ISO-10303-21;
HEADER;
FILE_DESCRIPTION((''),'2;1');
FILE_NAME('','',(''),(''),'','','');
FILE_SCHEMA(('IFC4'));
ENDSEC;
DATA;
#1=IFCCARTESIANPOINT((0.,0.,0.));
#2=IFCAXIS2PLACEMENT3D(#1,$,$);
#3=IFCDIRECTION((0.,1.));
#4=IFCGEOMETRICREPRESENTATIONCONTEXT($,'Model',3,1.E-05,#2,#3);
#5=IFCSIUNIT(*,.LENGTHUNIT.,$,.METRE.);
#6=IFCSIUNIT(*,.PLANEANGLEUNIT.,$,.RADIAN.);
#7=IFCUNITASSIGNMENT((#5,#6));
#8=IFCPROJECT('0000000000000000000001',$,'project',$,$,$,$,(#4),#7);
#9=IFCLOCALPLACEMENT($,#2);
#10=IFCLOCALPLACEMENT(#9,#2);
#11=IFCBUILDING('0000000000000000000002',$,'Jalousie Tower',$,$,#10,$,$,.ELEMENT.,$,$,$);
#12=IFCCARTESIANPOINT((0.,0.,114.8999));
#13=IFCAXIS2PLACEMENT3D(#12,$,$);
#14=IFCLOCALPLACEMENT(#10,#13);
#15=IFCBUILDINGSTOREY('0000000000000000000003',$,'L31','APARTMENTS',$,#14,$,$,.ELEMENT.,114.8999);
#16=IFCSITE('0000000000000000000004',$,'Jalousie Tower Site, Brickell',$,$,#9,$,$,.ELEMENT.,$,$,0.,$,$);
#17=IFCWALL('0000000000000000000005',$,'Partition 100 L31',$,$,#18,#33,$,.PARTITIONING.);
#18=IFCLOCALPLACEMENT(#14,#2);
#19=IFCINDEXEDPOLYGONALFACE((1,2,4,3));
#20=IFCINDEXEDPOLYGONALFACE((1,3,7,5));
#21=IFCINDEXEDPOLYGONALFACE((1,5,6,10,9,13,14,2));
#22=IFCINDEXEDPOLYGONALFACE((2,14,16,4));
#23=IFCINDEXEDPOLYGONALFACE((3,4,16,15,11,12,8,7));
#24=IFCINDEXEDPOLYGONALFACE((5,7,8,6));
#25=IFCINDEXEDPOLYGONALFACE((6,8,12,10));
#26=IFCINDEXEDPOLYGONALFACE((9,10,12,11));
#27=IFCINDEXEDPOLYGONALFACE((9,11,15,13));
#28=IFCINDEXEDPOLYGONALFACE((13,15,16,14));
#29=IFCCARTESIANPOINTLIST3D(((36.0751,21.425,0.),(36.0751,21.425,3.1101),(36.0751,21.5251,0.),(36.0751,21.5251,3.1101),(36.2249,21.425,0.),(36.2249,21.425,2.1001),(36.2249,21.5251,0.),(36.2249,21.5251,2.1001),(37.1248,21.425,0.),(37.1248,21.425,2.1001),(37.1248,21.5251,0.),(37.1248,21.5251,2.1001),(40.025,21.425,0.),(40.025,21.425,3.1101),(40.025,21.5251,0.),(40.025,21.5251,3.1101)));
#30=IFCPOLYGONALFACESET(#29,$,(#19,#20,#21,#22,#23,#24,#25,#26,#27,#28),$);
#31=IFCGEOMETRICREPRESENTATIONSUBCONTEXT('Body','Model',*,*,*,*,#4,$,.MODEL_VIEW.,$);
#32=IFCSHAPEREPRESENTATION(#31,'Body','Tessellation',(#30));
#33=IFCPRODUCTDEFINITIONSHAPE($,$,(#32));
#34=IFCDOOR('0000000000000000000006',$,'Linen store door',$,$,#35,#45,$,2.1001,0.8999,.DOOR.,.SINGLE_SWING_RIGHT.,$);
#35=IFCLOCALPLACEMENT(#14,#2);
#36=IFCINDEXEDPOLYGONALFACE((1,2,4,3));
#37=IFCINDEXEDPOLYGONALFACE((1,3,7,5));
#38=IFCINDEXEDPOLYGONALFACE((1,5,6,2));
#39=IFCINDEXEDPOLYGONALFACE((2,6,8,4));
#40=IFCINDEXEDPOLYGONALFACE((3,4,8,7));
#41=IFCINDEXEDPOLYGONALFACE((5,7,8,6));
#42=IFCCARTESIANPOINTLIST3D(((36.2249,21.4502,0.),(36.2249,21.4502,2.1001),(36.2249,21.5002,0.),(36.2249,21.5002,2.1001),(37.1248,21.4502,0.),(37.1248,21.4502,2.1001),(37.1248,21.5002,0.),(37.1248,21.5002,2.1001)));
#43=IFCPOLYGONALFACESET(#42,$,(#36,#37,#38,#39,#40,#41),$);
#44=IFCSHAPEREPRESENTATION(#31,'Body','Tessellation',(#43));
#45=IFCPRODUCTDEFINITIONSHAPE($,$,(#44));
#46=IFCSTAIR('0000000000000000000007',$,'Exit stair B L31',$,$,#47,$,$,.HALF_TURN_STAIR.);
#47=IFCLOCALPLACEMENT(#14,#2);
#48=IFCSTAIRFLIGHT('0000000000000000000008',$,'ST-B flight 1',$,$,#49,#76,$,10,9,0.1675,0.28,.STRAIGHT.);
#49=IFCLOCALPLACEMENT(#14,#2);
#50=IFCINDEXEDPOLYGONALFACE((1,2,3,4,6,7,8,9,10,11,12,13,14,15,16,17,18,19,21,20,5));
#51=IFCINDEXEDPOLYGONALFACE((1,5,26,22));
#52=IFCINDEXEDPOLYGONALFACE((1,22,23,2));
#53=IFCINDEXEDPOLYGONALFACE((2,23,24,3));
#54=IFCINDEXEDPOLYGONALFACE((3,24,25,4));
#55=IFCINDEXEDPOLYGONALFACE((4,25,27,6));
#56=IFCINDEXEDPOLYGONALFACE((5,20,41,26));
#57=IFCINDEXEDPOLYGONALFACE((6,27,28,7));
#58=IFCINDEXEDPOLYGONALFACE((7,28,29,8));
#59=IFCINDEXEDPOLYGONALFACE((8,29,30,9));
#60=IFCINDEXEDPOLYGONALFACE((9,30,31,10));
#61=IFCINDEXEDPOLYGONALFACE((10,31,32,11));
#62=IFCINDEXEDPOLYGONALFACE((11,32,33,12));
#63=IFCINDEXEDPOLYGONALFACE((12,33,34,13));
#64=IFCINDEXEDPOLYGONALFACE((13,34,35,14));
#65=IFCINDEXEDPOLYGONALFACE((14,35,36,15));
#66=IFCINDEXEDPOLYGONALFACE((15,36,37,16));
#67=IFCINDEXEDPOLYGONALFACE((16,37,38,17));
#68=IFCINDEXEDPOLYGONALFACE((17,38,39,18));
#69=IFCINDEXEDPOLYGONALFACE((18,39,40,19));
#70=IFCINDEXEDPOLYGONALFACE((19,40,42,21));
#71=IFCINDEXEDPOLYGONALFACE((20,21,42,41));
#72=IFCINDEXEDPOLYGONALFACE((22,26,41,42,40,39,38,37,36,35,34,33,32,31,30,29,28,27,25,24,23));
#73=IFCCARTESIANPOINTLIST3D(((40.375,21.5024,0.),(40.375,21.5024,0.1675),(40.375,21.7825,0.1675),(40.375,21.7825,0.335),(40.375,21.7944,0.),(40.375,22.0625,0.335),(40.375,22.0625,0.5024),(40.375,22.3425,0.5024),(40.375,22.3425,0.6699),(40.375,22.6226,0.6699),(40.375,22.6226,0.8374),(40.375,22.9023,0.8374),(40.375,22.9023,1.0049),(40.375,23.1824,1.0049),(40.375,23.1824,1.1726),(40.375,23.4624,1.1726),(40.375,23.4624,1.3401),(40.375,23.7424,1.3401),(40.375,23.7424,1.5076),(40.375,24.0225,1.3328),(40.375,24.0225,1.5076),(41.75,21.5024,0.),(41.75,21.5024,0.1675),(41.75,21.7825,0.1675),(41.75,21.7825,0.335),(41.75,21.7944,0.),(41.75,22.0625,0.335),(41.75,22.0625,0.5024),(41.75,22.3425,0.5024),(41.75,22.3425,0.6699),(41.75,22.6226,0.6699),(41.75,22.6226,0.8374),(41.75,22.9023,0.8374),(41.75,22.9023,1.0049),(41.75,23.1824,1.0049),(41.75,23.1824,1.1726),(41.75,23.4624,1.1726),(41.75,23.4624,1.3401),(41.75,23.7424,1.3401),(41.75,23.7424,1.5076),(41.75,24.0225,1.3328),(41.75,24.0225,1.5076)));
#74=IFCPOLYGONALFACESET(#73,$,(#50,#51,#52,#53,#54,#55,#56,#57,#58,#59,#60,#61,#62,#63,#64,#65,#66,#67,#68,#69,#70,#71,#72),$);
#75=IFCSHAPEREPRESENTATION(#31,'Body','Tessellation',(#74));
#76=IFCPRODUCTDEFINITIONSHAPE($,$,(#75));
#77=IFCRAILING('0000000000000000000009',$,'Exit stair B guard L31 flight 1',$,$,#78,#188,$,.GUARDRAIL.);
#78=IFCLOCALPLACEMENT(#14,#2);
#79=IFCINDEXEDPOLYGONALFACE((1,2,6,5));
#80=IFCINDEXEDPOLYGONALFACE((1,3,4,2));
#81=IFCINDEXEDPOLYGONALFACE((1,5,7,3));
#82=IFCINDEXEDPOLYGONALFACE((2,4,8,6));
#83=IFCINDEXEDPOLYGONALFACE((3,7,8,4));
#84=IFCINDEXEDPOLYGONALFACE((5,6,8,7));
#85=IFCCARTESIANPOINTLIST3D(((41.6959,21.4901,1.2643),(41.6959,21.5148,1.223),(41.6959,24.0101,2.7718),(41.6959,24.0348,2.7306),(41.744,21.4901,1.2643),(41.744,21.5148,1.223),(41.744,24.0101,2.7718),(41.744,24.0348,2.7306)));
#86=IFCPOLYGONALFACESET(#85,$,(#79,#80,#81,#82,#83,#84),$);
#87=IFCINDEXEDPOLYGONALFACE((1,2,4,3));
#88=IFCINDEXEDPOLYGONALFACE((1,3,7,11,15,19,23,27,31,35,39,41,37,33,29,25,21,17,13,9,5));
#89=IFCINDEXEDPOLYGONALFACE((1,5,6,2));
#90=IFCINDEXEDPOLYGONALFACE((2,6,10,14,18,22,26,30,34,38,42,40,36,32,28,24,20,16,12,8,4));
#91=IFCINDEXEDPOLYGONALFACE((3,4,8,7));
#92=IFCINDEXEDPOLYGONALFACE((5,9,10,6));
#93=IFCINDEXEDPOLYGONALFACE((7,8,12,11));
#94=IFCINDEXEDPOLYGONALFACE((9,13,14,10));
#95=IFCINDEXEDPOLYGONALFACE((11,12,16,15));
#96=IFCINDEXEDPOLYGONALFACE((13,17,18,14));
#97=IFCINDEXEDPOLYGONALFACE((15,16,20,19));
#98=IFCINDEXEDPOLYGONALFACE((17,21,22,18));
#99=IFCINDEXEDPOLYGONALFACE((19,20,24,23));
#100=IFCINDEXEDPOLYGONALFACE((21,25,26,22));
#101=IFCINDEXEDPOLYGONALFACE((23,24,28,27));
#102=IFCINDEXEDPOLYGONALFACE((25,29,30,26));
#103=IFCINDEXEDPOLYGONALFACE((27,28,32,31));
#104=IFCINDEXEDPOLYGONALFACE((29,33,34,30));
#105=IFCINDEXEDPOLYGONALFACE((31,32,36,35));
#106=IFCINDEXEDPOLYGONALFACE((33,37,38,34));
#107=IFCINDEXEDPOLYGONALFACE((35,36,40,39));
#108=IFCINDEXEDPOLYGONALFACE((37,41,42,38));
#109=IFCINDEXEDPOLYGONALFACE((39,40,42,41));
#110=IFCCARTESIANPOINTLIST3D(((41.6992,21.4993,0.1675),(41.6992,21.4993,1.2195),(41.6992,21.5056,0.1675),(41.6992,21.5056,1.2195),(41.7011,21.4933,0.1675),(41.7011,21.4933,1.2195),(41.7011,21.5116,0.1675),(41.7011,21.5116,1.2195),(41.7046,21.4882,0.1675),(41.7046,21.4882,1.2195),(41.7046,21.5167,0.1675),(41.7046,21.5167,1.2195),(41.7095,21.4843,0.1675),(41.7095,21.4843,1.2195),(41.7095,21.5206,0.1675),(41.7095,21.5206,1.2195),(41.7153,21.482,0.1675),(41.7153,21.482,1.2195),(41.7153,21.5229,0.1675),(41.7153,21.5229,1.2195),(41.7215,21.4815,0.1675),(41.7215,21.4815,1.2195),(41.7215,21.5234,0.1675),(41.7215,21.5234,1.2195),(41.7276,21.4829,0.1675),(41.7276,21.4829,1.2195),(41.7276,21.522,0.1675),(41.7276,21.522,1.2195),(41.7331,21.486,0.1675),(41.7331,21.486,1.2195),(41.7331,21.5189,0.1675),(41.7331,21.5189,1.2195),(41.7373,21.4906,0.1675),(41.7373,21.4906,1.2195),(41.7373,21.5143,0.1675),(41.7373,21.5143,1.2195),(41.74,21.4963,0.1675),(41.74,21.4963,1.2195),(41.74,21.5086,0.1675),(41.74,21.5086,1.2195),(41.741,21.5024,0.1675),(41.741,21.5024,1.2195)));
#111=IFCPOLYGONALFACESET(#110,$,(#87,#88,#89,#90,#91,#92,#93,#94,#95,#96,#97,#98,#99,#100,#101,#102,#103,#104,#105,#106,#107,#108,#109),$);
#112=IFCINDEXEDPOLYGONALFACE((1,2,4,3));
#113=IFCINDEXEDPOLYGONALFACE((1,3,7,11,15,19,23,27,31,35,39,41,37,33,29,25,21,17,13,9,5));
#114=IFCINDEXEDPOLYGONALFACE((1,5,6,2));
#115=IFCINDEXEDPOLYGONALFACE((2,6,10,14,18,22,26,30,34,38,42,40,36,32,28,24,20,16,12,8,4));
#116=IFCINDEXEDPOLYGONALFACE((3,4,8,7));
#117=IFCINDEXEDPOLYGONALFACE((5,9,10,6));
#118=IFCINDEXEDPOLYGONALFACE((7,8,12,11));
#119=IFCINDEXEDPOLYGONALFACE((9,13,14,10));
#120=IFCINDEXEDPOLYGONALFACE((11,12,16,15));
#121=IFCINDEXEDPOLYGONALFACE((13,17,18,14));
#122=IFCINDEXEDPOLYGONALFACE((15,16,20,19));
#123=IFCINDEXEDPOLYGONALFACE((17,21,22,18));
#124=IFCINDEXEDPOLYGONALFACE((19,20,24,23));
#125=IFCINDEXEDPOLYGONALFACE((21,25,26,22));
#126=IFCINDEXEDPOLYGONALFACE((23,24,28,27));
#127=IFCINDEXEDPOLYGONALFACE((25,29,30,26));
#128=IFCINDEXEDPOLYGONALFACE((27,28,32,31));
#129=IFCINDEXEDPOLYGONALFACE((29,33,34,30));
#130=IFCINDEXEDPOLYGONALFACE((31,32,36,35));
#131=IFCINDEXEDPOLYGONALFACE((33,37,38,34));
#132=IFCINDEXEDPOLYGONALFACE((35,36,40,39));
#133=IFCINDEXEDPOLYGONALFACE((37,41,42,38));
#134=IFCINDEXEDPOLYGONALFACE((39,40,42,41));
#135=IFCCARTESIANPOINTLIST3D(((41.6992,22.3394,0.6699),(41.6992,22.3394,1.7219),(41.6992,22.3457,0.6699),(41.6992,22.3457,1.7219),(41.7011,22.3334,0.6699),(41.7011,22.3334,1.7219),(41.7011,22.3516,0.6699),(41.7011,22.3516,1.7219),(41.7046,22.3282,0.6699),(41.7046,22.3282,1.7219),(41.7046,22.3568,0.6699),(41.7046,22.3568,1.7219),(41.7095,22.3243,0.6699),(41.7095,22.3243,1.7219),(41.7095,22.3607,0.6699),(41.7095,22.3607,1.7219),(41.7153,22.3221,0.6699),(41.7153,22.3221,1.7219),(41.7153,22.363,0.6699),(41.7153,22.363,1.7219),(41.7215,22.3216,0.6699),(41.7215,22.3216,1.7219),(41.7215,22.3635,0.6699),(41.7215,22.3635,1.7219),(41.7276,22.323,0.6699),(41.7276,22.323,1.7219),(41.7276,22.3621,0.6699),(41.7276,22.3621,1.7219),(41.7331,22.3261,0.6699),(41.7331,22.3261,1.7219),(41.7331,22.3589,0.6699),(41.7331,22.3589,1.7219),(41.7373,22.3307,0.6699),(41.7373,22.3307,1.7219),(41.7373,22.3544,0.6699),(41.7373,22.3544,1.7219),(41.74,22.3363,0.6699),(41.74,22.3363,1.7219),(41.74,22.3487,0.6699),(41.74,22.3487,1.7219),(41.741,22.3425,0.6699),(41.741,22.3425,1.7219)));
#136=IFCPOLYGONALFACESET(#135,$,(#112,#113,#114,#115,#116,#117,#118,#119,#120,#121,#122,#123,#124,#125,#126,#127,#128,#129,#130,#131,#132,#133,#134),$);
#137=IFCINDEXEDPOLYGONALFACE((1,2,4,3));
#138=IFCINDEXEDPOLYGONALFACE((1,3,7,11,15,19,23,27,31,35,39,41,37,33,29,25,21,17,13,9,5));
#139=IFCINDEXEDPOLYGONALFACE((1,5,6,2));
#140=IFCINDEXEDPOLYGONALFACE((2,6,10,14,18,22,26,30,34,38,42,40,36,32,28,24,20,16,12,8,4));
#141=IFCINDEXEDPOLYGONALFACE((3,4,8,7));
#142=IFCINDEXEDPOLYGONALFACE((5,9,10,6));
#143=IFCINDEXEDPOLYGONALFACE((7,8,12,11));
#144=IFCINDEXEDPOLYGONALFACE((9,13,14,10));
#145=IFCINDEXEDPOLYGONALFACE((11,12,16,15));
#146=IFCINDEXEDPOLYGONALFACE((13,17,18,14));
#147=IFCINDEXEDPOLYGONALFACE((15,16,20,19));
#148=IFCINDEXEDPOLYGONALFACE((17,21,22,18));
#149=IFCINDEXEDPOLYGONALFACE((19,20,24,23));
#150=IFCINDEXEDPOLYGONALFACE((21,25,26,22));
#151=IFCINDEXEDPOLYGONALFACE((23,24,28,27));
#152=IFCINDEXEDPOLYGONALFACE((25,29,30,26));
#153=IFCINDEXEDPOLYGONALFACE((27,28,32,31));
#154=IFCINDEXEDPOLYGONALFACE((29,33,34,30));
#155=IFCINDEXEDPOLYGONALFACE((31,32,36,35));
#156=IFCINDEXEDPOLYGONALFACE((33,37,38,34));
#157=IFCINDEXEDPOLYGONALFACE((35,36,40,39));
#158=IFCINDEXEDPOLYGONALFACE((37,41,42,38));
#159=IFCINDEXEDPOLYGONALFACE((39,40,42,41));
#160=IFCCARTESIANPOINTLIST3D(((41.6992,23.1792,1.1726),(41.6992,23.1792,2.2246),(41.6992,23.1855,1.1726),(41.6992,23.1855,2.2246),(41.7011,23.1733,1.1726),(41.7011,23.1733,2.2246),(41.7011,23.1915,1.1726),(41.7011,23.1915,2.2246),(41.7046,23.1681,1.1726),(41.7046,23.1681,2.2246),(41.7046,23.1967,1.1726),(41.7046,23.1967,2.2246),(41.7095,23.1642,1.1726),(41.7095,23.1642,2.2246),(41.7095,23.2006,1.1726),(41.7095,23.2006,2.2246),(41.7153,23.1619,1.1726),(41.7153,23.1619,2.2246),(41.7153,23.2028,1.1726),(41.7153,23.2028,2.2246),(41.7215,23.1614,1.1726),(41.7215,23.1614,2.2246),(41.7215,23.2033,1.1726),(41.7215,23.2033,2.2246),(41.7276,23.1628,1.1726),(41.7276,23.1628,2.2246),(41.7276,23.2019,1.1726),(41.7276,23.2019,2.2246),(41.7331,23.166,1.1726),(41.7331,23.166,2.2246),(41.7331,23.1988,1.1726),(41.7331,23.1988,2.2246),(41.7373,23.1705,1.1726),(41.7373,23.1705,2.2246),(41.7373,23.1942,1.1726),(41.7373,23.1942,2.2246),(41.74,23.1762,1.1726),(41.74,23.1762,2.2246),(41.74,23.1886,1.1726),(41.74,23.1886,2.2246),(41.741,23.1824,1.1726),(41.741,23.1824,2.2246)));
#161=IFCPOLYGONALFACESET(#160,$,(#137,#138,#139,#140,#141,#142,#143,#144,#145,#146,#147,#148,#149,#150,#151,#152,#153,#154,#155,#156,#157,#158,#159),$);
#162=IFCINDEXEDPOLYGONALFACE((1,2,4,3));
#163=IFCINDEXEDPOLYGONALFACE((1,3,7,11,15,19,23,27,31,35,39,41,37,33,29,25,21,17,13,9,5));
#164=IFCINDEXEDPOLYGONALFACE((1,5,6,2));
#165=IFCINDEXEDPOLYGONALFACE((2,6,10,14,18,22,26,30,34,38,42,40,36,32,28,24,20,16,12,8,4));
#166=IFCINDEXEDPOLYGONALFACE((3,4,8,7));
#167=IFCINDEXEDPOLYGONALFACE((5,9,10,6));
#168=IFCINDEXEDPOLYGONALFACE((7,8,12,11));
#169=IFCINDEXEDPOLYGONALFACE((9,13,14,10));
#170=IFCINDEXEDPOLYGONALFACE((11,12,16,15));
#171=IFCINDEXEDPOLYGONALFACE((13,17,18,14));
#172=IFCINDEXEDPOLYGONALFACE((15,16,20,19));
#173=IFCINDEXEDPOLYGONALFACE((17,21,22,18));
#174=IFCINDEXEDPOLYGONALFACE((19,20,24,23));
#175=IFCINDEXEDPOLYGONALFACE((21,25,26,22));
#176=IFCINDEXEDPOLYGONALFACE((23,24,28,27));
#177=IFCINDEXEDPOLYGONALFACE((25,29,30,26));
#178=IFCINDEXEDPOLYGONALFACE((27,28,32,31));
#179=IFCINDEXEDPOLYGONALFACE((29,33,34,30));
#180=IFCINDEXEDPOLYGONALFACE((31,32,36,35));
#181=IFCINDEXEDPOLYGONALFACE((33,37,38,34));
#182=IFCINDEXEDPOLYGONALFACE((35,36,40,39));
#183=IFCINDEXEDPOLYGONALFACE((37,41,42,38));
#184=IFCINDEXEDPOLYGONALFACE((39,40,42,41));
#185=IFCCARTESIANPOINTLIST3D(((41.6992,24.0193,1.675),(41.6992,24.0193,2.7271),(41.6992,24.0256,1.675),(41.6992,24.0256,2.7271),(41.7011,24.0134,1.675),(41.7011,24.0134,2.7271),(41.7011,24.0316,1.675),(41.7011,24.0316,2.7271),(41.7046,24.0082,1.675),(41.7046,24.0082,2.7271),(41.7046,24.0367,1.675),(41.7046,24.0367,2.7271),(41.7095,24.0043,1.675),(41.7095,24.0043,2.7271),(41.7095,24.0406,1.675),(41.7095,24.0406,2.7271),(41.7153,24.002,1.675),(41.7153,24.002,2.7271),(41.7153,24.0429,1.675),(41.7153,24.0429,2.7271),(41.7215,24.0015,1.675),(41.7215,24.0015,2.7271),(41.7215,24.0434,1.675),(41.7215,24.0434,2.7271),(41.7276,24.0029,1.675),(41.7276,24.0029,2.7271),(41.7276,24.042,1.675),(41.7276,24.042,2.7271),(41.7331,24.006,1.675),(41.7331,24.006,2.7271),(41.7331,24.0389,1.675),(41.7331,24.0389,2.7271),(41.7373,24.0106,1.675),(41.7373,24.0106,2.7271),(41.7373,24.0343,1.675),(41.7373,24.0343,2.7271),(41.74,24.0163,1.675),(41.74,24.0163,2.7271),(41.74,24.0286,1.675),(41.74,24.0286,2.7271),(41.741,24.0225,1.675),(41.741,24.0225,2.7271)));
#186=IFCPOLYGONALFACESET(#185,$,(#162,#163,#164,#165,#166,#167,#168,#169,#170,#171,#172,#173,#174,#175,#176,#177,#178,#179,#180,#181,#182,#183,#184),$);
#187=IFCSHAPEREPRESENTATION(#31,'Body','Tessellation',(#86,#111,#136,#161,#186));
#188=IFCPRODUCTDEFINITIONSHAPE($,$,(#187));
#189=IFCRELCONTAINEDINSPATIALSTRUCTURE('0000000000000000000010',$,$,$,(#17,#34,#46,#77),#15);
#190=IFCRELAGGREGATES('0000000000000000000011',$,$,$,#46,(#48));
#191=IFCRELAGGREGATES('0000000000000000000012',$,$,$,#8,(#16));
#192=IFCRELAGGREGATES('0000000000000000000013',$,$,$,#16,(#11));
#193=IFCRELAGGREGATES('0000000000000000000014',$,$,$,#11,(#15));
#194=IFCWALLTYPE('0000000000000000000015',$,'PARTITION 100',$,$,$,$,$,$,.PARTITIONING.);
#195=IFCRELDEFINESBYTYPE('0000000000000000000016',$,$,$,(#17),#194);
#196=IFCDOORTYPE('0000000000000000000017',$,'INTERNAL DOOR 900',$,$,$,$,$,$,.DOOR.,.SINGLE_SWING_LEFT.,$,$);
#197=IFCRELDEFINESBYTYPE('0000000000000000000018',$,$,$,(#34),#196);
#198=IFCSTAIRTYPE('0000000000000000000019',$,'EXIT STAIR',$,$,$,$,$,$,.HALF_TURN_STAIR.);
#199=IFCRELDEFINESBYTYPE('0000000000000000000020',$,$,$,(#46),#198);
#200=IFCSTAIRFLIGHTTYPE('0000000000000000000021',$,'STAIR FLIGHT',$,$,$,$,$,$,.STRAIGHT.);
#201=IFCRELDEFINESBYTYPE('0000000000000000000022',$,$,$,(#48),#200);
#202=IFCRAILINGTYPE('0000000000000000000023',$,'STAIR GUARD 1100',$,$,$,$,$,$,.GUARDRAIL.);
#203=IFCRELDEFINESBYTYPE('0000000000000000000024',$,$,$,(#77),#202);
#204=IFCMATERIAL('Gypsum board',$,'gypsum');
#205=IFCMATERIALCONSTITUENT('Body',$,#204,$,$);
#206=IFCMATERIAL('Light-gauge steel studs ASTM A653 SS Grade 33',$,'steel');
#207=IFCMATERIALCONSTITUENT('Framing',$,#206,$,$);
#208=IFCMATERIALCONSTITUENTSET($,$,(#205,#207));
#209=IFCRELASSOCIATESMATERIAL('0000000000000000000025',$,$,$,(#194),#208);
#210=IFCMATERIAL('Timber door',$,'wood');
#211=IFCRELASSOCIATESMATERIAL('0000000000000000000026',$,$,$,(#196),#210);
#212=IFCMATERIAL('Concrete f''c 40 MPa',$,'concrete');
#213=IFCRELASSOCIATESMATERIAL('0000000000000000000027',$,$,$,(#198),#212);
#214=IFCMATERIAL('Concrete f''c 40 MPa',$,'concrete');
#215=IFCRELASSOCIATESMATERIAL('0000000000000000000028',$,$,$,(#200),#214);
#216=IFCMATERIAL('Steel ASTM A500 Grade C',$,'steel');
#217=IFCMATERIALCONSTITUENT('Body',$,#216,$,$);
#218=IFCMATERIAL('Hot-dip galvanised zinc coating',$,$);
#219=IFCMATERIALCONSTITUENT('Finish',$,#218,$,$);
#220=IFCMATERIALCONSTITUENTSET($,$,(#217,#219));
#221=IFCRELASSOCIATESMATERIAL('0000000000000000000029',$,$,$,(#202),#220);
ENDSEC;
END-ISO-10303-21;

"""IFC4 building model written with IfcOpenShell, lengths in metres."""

from ifc_helpers import new_model, si_unit, direction, frame, frame_2d, origin, origin_2d, place, context, subcontext, project, spatial, polyline, rectangle, circle, outline, extrude, material, constituent, constituent_set, type_object, element, fill, aggregate, save


model = new_model("IFC4")

# Units and contexts
model_context = context("Model", 3, precision=1e-05, world=origin(), true_north=direction((0.0, 1.0)))
body_context = subcontext(model_context, "Body", "Model", "MODEL_VIEW")
ifc_project = project(units=[si_unit("LENGTHUNIT", "METRE"), si_unit("PLANEANGLEUNIT", "RADIAN")], contexts=[model_context])

# Site, building, storey
site_placement = place(None, origin())
site = spatial("IfcSite", under=ifc_project, at=site_placement, Name="Jalousie Tower Site, Brickell", CompositionType="ELEMENT", RefElevation=0.0)
building_placement = place(site_placement, origin())
building = spatial("IfcBuilding", under=site, at=building_placement, Name="Jalousie Tower", CompositionType="ELEMENT")
storey_placement = place(building_placement, frame((0.0, 0.0, 114.8999)))
storey = spatial("IfcBuildingStorey", under=building, at=storey_placement, Name="L31", Description="APARTMENTS", CompositionType="ELEMENT", Elevation=114.8999)

# Wall, opening, door
ifc_material_1 = material(Name="Gypsum board", Category="gypsum")
ifc_constituent_1 = constituent(ifc_material_1, Name="Body")
ifc_material_2 = material(Name="Light-gauge steel studs ASTM A653 SS Grade 33", Category="steel")
ifc_constituent_2 = constituent(ifc_material_2, Name="Framing")
ifc_constituent_set_1 = constituent_set(constituents=[ifc_constituent_1, ifc_constituent_2])
wall_type_1 = type_object("IfcWallType", Name="PARTITION 100", PredefinedType="PARTITIONING", material=ifc_constituent_set_1)
ifc_material_3 = material(Name="Timber door", Category="wood")
door_type_1 = type_object("IfcDoorType", Name="INTERNAL DOOR 900", OperationType="SINGLE_SWING_LEFT", PredefinedType="DOOR", material=ifc_material_3)
wall_1_placement = place(storey_placement, frame((36.075, 21.4751, 0.0), z_axis=(0.0, 0.0, 1.0), x_axis=(1.0, 0.0, 0.0)))
wall_1 = element("IfcWall", 1, at=wall_1_placement, inside=storey, type_object=wall_type_1, Name="Partition 100 L31", PredefinedType="PARTITIONING", context=body_context, shape_type="SweptSolid", body=[
    extrude(rectangle(XDim=3.95, YDim=0.1001, at=frame_2d((1.9751, 0.0))), origin(), (0.0, 0.0, 1.0), 3.1101),
])
opening_1_placement = place(wall_1_placement, frame((0.1499, 0.0, 0.0)))
opening_1 = element("IfcOpeningElement", 2, at=opening_1_placement, cuts=wall_1, PredefinedType="OPENING", context=body_context, shape_type="SweptSolid", body=[
    extrude(rectangle(XDim=0.8999, YDim=2.1001, at=frame_2d((0.45, 1.05))), frame((0.0, 0.0601, 0.0), z_axis=(0.0, -1.0, 0.0), x_axis=(1.0, 0.0, 0.0)), (0.0, 0.0, 1.0), 0.1201),
])
door_1_placement = place(opening_1_placement, frame((0.8999, 0.0, 0.0), z_axis=(0.0, 0.0, 1.0), x_axis=(-1.0, 0.0, 0.0)))
door_1 = element("IfcDoor", 3, at=door_1_placement, inside=storey, type_object=door_type_1, Name="Linen store door", OperationType="SINGLE_SWING_RIGHT", OverallHeight=2.1001, OverallWidth=0.8999, PredefinedType="DOOR", context=body_context, shape_type="SweptSolid", body=[
    extrude(rectangle(XDim=0.8999, YDim=2.1001, at=frame_2d((0.45, 1.05))), frame((0.0, 0.0249, 0.0), z_axis=(0.0, -1.0, 0.0), x_axis=(1.0, 0.0, 0.0)), (0.0, 0.0, 1.0), 0.05),
])
fill(opening_1, door_1)

# Stair, stair flight
ifc_material_4 = material(Name="Concrete f'c 40 MPa", Category="concrete")
stair_type = type_object("IfcStairType", Name="EXIT STAIR", PredefinedType="HALF_TURN_STAIR", material=ifc_material_4)
stair_placement = place(storey_placement, origin())
stair = element("IfcStair", 4, at=stair_placement, inside=storey, type_object=stair_type, Name="Exit stair B L31", PredefinedType="HALF_TURN_STAIR")
ifc_material_5 = material(Name="Concrete f'c 40 MPa", Category="concrete")
stair_flight_type = type_object("IfcStairFlightType", Name="STAIR FLIGHT", PredefinedType="STRAIGHT", material=ifc_material_5)
stair_flight_placement = place(storey_placement, frame((41.0625, 21.5024, 0.0), z_axis=(0.0, 0.0, 1.0), x_axis=(0.0, 1.0, 0.0)))
stair_flight = element("IfcStairFlight", 5, at=stair_flight_placement, type_object=stair_flight_type, Name="ST-B flight 1", NumberOfRisers=10, NumberOfTreads=9, PredefinedType="STRAIGHT", RiserHeight=0.1675, TreadLength=0.28, context=body_context, shape_type="SweptSolid", body=[
    extrude(outline(polyline([(0.0, 0.0), (0.0, 0.1675), (0.28, 0.1675), (0.28, 0.335), (0.5601, 0.335), (0.5601, 0.5024), (0.8401, 0.5024), (0.8401, 0.6699), (1.1201, 0.6699), (1.1201, 0.8374), (1.3999, 0.8374), (1.3999, 1.0049), (1.6799, 1.0049), (1.6799, 1.1726), (1.96, 1.1726), (1.96, 1.3401), (2.24, 1.3401), (2.24, 1.5076), (2.52, 1.5076), (2.52, 1.675), (2.52, 1.3328), (0.292, 0.0), (0.0, 0.0)])), frame((0.0, 0.6875, 0.0), z_axis=(0.0, -1.0, 0.0), x_axis=(1.0, 0.0, 0.0)), (0.0, 0.0, 1.0), 1.375),
])
aggregate(stair, [stair_flight])

# Railing
ifc_material_6 = material(Name="Steel ASTM A500 Grade C", Category="steel")
ifc_constituent_3 = constituent(ifc_material_6, Name="Body")
ifc_material_7 = material(Name="Hot-dip galvanised zinc coating")
ifc_constituent_4 = constituent(ifc_material_7, Name="Finish")
ifc_constituent_set_2 = constituent_set(constituents=[ifc_constituent_3, ifc_constituent_4])
railing_type_1 = type_object("IfcRailingType", Name="STAIR GUARD 1100", PredefinedType="GUARDRAIL", material=ifc_constituent_set_2)
railing_1_placement = place(storey_placement, frame((41.72, 21.5024, 0.1675)))
element("IfcRailing", 6, at=railing_1_placement, inside=storey, type_object=railing_type_1, Name="Exit stair B guard L31 flight 1", PredefinedType="GUARDRAIL", context=body_context, shape_type="SweptSolid", body=[
    extrude(rectangle(XDim=0.0481, YDim=0.0481, at=origin_2d()), frame((0.0, 0.0, 1.0762), z_axis=(0.0, 0.85816, 0.513383), x_axis=(-1.0, 0.0, 0.0)), (0.0, 0.0, 1.0), 2.9365),
    extrude(circle(Radius=0.021, at=origin_2d()), origin(), (0.0, 0.0, 1.0), 1.052),
    extrude(circle(Radius=0.021, at=origin_2d()), frame((0.0, 0.8401, 0.5024)), (0.0, 0.0, 1.0), 1.052),
    extrude(circle(Radius=0.021, at=origin_2d()), frame((0.0, 1.6799, 1.0051)), (0.0, 0.0, 1.0), 1.052),
    extrude(circle(Radius=0.021, at=origin_2d()), frame((0.0, 2.52, 1.5076)), (0.0, 0.0, 1.0), 1.052),
])

save(model, "model.ifc")
